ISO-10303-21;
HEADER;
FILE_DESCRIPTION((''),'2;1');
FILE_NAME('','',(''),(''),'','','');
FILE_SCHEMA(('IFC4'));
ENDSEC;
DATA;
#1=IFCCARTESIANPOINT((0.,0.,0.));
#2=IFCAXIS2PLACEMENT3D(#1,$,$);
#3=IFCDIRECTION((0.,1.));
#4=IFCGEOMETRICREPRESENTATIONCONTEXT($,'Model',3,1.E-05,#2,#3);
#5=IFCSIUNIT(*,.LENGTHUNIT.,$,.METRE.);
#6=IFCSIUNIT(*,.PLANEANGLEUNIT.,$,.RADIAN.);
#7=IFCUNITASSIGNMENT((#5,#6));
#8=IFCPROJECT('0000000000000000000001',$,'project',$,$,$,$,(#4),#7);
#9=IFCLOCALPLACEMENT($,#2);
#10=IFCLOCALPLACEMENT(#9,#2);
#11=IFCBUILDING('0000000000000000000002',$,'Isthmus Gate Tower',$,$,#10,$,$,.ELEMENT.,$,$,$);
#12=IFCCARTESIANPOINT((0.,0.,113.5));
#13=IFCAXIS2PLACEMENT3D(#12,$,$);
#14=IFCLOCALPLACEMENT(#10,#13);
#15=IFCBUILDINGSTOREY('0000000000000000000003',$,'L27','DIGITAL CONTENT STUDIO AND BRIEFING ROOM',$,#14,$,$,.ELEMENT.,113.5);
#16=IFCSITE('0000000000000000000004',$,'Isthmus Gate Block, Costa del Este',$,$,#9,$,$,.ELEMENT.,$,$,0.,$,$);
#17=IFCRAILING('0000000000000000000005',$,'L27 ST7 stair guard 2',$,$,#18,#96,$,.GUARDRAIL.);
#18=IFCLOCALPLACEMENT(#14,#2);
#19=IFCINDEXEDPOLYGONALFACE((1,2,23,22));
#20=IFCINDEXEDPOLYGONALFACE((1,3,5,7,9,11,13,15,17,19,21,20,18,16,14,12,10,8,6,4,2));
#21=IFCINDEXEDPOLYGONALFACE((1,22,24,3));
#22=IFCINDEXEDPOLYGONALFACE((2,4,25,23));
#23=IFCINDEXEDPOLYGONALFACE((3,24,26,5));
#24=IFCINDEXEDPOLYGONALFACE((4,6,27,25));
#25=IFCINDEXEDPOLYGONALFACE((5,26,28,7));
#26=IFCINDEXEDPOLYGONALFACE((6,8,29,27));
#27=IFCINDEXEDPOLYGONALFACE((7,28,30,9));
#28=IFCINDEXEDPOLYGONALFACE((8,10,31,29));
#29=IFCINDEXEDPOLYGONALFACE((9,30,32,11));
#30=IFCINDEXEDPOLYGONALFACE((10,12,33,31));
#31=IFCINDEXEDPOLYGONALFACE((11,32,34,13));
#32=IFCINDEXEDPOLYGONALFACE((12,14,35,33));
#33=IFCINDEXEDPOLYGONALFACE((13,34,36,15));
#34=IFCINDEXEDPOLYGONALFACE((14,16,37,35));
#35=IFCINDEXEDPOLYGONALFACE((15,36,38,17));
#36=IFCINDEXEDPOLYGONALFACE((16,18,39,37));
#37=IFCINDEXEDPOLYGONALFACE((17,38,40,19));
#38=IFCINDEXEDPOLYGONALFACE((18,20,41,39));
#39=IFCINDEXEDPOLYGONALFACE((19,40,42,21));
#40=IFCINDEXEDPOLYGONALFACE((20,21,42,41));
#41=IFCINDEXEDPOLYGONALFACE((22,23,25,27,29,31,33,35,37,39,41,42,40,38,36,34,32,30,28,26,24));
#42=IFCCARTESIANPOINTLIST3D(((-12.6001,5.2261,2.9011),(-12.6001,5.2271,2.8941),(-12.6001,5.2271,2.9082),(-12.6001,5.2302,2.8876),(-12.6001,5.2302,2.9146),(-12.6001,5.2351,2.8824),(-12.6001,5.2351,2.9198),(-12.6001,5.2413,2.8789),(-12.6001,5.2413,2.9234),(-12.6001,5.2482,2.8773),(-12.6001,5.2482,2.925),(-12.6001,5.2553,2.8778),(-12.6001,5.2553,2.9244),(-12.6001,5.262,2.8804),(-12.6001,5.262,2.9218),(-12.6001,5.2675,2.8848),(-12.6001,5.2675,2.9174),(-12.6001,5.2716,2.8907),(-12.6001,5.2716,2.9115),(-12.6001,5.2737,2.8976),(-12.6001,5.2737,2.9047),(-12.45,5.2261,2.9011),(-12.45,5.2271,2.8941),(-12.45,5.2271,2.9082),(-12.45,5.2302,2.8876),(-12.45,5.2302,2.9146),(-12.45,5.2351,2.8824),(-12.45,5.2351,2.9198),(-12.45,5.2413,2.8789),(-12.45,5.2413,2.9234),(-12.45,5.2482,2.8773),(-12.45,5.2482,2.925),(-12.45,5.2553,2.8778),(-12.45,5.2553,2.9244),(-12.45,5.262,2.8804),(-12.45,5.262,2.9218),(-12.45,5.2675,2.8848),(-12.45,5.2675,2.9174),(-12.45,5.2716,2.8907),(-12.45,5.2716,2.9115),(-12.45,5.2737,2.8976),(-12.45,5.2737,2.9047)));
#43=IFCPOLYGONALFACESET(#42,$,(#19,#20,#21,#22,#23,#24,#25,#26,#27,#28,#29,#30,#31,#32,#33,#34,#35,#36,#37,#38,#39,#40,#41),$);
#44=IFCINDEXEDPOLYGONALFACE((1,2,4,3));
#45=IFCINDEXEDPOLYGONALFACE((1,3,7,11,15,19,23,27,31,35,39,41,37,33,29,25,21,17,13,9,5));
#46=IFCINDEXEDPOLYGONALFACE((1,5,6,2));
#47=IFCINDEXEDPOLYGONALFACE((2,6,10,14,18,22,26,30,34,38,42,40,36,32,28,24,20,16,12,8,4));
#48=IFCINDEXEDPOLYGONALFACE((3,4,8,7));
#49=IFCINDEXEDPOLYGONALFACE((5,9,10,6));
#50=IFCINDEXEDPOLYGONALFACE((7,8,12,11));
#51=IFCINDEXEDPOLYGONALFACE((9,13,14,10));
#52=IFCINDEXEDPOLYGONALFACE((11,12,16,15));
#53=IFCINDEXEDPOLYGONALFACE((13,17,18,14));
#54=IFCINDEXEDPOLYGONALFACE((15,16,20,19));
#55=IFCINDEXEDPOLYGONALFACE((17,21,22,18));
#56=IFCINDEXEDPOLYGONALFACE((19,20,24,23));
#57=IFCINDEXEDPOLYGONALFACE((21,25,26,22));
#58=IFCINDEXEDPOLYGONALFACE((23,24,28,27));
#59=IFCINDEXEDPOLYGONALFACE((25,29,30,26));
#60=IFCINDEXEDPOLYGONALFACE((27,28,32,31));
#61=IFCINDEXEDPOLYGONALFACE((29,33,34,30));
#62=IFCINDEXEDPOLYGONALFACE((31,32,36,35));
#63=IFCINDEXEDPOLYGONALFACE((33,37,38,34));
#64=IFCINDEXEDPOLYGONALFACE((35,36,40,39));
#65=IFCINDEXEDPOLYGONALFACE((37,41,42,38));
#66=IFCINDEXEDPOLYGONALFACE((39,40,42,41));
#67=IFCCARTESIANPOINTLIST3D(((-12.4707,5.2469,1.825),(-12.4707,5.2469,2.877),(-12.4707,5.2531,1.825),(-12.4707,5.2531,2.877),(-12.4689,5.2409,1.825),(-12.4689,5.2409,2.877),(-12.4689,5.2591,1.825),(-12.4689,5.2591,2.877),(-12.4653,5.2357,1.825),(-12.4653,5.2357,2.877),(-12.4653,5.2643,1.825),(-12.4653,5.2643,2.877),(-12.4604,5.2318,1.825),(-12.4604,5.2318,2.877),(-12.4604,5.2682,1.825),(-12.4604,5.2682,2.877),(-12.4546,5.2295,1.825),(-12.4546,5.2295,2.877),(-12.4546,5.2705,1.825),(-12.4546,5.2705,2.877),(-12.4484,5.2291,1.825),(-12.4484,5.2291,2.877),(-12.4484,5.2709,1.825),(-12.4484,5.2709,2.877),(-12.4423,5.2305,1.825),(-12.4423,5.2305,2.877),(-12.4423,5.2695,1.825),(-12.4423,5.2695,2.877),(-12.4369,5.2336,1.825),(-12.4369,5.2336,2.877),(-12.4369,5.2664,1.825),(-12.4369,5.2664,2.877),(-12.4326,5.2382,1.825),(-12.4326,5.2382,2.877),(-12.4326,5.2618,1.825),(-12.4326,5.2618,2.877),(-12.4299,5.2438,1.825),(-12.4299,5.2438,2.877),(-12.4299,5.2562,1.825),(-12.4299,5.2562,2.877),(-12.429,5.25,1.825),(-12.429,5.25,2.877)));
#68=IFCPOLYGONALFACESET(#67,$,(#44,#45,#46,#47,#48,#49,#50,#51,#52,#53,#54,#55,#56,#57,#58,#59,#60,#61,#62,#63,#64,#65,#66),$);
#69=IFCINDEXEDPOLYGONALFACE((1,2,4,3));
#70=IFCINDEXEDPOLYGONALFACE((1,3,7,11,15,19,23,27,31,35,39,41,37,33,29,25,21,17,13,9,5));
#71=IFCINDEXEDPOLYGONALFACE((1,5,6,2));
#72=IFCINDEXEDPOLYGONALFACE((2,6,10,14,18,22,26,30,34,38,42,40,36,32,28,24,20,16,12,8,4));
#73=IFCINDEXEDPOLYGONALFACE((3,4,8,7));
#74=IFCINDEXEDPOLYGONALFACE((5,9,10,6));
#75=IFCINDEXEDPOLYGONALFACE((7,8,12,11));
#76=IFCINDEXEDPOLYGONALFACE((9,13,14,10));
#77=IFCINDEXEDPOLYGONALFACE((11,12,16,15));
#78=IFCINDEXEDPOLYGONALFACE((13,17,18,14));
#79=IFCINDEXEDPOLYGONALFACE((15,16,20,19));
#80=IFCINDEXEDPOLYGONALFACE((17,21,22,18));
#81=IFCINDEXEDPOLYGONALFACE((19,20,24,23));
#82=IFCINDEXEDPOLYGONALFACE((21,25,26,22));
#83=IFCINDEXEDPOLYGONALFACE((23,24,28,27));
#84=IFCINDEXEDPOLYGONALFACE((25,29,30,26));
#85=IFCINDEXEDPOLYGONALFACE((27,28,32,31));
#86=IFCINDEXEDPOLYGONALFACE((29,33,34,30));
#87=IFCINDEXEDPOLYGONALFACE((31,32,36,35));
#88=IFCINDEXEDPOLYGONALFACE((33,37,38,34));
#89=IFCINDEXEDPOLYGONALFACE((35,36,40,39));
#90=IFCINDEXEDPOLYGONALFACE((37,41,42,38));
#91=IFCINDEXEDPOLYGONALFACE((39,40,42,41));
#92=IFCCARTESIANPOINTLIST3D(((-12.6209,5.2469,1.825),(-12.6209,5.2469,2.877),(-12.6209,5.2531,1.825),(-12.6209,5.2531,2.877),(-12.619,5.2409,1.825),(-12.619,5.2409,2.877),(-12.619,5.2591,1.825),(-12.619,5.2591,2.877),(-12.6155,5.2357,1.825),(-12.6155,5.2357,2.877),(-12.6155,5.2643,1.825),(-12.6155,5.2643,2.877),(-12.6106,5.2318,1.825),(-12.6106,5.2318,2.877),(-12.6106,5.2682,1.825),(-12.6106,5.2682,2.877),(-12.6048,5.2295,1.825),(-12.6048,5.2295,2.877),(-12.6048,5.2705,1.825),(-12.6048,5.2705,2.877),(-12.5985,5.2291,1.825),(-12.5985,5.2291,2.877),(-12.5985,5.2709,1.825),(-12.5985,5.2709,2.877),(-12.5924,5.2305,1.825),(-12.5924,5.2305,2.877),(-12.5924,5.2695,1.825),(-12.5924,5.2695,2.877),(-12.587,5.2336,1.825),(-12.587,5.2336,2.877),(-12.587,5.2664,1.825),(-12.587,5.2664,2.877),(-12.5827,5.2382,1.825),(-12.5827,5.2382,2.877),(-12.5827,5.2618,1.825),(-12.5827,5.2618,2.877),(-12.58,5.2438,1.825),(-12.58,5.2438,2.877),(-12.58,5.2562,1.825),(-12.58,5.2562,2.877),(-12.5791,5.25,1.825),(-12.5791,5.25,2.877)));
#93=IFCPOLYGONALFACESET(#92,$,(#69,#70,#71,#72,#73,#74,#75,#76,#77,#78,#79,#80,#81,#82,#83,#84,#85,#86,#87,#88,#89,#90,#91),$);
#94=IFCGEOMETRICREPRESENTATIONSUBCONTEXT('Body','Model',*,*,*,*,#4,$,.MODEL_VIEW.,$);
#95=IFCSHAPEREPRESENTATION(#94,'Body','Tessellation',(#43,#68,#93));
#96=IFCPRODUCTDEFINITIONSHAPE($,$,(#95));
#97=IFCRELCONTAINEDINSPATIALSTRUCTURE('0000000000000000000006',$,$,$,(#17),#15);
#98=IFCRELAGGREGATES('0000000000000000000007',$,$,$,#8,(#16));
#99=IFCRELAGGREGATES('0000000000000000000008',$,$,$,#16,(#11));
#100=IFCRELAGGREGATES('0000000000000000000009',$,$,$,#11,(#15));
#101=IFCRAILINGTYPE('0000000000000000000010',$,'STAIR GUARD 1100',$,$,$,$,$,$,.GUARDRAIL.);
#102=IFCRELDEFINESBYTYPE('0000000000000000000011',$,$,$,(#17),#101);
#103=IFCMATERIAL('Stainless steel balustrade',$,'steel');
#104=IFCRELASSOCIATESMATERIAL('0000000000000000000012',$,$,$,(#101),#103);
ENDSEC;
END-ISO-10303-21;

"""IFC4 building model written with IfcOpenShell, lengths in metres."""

from ifc_helpers import new_model, si_unit, direction, frame, origin, origin_2d, place, context, subcontext, project, spatial, circle, extrude, material, type_object, element, save


model = new_model("IFC4")

# Units and contexts
model_context = context("Model", 3, precision=1e-05, world=origin(), true_north=direction((0.0, 1.0)))
body_context = subcontext(model_context, "Body", "Model", "MODEL_VIEW")
ifc_project = project(units=[si_unit("LENGTHUNIT", "METRE"), si_unit("PLANEANGLEUNIT", "RADIAN")], contexts=[model_context])

# Site, building, storey
site_placement = place(None, origin())
site = spatial("IfcSite", under=ifc_project, at=site_placement, Name="Isthmus Gate Block, Costa del Este", CompositionType="ELEMENT", RefElevation=0.0)
building_placement = place(site_placement, origin())
building = spatial("IfcBuilding", under=site, at=building_placement, Name="Isthmus Gate Tower", CompositionType="ELEMENT")
storey_placement = place(building_placement, frame((0.0, 0.0, 113.5)))
storey = spatial("IfcBuildingStorey", under=building, at=storey_placement, Name="L27", Description="DIGITAL CONTENT STUDIO AND BRIEFING ROOM", CompositionType="ELEMENT", Elevation=113.5)

# Railing
ifc_material_1 = material(Name="Stainless steel balustrade", Category="steel")
railing_type_1 = type_object("IfcRailingType", Name="STAIR GUARD 1100", PredefinedType="GUARDRAIL", material=ifc_material_1)
railing_1_placement = place(storey_placement, frame((-12.45, 5.25, 1.825)))
element("IfcRailing", 1, at=railing_1_placement, inside=storey, type_object=railing_type_1, Name="L27 ST7 stair guard 2", PredefinedType="GUARDRAIL", context=body_context, shape_type="SweptSolid", body=[
    extrude(circle(Radius=0.0239, at=origin_2d()), frame((0.0, 0.0, 1.0762), z_axis=(-1.0, 0.0, 0.0), x_axis=(0.0, -1.0, 0.0)), (0.0, 0.0, 1.0), 0.1501),
    extrude(circle(Radius=0.021, at=origin_2d()), origin(), (0.0, 0.0, 1.0), 1.052),
    extrude(circle(Radius=0.021, at=origin_2d()), frame((-0.1501, 0.0, 0.0)), (0.0, 0.0, 1.0), 1.052),
])

save(model, "model.ifc")
